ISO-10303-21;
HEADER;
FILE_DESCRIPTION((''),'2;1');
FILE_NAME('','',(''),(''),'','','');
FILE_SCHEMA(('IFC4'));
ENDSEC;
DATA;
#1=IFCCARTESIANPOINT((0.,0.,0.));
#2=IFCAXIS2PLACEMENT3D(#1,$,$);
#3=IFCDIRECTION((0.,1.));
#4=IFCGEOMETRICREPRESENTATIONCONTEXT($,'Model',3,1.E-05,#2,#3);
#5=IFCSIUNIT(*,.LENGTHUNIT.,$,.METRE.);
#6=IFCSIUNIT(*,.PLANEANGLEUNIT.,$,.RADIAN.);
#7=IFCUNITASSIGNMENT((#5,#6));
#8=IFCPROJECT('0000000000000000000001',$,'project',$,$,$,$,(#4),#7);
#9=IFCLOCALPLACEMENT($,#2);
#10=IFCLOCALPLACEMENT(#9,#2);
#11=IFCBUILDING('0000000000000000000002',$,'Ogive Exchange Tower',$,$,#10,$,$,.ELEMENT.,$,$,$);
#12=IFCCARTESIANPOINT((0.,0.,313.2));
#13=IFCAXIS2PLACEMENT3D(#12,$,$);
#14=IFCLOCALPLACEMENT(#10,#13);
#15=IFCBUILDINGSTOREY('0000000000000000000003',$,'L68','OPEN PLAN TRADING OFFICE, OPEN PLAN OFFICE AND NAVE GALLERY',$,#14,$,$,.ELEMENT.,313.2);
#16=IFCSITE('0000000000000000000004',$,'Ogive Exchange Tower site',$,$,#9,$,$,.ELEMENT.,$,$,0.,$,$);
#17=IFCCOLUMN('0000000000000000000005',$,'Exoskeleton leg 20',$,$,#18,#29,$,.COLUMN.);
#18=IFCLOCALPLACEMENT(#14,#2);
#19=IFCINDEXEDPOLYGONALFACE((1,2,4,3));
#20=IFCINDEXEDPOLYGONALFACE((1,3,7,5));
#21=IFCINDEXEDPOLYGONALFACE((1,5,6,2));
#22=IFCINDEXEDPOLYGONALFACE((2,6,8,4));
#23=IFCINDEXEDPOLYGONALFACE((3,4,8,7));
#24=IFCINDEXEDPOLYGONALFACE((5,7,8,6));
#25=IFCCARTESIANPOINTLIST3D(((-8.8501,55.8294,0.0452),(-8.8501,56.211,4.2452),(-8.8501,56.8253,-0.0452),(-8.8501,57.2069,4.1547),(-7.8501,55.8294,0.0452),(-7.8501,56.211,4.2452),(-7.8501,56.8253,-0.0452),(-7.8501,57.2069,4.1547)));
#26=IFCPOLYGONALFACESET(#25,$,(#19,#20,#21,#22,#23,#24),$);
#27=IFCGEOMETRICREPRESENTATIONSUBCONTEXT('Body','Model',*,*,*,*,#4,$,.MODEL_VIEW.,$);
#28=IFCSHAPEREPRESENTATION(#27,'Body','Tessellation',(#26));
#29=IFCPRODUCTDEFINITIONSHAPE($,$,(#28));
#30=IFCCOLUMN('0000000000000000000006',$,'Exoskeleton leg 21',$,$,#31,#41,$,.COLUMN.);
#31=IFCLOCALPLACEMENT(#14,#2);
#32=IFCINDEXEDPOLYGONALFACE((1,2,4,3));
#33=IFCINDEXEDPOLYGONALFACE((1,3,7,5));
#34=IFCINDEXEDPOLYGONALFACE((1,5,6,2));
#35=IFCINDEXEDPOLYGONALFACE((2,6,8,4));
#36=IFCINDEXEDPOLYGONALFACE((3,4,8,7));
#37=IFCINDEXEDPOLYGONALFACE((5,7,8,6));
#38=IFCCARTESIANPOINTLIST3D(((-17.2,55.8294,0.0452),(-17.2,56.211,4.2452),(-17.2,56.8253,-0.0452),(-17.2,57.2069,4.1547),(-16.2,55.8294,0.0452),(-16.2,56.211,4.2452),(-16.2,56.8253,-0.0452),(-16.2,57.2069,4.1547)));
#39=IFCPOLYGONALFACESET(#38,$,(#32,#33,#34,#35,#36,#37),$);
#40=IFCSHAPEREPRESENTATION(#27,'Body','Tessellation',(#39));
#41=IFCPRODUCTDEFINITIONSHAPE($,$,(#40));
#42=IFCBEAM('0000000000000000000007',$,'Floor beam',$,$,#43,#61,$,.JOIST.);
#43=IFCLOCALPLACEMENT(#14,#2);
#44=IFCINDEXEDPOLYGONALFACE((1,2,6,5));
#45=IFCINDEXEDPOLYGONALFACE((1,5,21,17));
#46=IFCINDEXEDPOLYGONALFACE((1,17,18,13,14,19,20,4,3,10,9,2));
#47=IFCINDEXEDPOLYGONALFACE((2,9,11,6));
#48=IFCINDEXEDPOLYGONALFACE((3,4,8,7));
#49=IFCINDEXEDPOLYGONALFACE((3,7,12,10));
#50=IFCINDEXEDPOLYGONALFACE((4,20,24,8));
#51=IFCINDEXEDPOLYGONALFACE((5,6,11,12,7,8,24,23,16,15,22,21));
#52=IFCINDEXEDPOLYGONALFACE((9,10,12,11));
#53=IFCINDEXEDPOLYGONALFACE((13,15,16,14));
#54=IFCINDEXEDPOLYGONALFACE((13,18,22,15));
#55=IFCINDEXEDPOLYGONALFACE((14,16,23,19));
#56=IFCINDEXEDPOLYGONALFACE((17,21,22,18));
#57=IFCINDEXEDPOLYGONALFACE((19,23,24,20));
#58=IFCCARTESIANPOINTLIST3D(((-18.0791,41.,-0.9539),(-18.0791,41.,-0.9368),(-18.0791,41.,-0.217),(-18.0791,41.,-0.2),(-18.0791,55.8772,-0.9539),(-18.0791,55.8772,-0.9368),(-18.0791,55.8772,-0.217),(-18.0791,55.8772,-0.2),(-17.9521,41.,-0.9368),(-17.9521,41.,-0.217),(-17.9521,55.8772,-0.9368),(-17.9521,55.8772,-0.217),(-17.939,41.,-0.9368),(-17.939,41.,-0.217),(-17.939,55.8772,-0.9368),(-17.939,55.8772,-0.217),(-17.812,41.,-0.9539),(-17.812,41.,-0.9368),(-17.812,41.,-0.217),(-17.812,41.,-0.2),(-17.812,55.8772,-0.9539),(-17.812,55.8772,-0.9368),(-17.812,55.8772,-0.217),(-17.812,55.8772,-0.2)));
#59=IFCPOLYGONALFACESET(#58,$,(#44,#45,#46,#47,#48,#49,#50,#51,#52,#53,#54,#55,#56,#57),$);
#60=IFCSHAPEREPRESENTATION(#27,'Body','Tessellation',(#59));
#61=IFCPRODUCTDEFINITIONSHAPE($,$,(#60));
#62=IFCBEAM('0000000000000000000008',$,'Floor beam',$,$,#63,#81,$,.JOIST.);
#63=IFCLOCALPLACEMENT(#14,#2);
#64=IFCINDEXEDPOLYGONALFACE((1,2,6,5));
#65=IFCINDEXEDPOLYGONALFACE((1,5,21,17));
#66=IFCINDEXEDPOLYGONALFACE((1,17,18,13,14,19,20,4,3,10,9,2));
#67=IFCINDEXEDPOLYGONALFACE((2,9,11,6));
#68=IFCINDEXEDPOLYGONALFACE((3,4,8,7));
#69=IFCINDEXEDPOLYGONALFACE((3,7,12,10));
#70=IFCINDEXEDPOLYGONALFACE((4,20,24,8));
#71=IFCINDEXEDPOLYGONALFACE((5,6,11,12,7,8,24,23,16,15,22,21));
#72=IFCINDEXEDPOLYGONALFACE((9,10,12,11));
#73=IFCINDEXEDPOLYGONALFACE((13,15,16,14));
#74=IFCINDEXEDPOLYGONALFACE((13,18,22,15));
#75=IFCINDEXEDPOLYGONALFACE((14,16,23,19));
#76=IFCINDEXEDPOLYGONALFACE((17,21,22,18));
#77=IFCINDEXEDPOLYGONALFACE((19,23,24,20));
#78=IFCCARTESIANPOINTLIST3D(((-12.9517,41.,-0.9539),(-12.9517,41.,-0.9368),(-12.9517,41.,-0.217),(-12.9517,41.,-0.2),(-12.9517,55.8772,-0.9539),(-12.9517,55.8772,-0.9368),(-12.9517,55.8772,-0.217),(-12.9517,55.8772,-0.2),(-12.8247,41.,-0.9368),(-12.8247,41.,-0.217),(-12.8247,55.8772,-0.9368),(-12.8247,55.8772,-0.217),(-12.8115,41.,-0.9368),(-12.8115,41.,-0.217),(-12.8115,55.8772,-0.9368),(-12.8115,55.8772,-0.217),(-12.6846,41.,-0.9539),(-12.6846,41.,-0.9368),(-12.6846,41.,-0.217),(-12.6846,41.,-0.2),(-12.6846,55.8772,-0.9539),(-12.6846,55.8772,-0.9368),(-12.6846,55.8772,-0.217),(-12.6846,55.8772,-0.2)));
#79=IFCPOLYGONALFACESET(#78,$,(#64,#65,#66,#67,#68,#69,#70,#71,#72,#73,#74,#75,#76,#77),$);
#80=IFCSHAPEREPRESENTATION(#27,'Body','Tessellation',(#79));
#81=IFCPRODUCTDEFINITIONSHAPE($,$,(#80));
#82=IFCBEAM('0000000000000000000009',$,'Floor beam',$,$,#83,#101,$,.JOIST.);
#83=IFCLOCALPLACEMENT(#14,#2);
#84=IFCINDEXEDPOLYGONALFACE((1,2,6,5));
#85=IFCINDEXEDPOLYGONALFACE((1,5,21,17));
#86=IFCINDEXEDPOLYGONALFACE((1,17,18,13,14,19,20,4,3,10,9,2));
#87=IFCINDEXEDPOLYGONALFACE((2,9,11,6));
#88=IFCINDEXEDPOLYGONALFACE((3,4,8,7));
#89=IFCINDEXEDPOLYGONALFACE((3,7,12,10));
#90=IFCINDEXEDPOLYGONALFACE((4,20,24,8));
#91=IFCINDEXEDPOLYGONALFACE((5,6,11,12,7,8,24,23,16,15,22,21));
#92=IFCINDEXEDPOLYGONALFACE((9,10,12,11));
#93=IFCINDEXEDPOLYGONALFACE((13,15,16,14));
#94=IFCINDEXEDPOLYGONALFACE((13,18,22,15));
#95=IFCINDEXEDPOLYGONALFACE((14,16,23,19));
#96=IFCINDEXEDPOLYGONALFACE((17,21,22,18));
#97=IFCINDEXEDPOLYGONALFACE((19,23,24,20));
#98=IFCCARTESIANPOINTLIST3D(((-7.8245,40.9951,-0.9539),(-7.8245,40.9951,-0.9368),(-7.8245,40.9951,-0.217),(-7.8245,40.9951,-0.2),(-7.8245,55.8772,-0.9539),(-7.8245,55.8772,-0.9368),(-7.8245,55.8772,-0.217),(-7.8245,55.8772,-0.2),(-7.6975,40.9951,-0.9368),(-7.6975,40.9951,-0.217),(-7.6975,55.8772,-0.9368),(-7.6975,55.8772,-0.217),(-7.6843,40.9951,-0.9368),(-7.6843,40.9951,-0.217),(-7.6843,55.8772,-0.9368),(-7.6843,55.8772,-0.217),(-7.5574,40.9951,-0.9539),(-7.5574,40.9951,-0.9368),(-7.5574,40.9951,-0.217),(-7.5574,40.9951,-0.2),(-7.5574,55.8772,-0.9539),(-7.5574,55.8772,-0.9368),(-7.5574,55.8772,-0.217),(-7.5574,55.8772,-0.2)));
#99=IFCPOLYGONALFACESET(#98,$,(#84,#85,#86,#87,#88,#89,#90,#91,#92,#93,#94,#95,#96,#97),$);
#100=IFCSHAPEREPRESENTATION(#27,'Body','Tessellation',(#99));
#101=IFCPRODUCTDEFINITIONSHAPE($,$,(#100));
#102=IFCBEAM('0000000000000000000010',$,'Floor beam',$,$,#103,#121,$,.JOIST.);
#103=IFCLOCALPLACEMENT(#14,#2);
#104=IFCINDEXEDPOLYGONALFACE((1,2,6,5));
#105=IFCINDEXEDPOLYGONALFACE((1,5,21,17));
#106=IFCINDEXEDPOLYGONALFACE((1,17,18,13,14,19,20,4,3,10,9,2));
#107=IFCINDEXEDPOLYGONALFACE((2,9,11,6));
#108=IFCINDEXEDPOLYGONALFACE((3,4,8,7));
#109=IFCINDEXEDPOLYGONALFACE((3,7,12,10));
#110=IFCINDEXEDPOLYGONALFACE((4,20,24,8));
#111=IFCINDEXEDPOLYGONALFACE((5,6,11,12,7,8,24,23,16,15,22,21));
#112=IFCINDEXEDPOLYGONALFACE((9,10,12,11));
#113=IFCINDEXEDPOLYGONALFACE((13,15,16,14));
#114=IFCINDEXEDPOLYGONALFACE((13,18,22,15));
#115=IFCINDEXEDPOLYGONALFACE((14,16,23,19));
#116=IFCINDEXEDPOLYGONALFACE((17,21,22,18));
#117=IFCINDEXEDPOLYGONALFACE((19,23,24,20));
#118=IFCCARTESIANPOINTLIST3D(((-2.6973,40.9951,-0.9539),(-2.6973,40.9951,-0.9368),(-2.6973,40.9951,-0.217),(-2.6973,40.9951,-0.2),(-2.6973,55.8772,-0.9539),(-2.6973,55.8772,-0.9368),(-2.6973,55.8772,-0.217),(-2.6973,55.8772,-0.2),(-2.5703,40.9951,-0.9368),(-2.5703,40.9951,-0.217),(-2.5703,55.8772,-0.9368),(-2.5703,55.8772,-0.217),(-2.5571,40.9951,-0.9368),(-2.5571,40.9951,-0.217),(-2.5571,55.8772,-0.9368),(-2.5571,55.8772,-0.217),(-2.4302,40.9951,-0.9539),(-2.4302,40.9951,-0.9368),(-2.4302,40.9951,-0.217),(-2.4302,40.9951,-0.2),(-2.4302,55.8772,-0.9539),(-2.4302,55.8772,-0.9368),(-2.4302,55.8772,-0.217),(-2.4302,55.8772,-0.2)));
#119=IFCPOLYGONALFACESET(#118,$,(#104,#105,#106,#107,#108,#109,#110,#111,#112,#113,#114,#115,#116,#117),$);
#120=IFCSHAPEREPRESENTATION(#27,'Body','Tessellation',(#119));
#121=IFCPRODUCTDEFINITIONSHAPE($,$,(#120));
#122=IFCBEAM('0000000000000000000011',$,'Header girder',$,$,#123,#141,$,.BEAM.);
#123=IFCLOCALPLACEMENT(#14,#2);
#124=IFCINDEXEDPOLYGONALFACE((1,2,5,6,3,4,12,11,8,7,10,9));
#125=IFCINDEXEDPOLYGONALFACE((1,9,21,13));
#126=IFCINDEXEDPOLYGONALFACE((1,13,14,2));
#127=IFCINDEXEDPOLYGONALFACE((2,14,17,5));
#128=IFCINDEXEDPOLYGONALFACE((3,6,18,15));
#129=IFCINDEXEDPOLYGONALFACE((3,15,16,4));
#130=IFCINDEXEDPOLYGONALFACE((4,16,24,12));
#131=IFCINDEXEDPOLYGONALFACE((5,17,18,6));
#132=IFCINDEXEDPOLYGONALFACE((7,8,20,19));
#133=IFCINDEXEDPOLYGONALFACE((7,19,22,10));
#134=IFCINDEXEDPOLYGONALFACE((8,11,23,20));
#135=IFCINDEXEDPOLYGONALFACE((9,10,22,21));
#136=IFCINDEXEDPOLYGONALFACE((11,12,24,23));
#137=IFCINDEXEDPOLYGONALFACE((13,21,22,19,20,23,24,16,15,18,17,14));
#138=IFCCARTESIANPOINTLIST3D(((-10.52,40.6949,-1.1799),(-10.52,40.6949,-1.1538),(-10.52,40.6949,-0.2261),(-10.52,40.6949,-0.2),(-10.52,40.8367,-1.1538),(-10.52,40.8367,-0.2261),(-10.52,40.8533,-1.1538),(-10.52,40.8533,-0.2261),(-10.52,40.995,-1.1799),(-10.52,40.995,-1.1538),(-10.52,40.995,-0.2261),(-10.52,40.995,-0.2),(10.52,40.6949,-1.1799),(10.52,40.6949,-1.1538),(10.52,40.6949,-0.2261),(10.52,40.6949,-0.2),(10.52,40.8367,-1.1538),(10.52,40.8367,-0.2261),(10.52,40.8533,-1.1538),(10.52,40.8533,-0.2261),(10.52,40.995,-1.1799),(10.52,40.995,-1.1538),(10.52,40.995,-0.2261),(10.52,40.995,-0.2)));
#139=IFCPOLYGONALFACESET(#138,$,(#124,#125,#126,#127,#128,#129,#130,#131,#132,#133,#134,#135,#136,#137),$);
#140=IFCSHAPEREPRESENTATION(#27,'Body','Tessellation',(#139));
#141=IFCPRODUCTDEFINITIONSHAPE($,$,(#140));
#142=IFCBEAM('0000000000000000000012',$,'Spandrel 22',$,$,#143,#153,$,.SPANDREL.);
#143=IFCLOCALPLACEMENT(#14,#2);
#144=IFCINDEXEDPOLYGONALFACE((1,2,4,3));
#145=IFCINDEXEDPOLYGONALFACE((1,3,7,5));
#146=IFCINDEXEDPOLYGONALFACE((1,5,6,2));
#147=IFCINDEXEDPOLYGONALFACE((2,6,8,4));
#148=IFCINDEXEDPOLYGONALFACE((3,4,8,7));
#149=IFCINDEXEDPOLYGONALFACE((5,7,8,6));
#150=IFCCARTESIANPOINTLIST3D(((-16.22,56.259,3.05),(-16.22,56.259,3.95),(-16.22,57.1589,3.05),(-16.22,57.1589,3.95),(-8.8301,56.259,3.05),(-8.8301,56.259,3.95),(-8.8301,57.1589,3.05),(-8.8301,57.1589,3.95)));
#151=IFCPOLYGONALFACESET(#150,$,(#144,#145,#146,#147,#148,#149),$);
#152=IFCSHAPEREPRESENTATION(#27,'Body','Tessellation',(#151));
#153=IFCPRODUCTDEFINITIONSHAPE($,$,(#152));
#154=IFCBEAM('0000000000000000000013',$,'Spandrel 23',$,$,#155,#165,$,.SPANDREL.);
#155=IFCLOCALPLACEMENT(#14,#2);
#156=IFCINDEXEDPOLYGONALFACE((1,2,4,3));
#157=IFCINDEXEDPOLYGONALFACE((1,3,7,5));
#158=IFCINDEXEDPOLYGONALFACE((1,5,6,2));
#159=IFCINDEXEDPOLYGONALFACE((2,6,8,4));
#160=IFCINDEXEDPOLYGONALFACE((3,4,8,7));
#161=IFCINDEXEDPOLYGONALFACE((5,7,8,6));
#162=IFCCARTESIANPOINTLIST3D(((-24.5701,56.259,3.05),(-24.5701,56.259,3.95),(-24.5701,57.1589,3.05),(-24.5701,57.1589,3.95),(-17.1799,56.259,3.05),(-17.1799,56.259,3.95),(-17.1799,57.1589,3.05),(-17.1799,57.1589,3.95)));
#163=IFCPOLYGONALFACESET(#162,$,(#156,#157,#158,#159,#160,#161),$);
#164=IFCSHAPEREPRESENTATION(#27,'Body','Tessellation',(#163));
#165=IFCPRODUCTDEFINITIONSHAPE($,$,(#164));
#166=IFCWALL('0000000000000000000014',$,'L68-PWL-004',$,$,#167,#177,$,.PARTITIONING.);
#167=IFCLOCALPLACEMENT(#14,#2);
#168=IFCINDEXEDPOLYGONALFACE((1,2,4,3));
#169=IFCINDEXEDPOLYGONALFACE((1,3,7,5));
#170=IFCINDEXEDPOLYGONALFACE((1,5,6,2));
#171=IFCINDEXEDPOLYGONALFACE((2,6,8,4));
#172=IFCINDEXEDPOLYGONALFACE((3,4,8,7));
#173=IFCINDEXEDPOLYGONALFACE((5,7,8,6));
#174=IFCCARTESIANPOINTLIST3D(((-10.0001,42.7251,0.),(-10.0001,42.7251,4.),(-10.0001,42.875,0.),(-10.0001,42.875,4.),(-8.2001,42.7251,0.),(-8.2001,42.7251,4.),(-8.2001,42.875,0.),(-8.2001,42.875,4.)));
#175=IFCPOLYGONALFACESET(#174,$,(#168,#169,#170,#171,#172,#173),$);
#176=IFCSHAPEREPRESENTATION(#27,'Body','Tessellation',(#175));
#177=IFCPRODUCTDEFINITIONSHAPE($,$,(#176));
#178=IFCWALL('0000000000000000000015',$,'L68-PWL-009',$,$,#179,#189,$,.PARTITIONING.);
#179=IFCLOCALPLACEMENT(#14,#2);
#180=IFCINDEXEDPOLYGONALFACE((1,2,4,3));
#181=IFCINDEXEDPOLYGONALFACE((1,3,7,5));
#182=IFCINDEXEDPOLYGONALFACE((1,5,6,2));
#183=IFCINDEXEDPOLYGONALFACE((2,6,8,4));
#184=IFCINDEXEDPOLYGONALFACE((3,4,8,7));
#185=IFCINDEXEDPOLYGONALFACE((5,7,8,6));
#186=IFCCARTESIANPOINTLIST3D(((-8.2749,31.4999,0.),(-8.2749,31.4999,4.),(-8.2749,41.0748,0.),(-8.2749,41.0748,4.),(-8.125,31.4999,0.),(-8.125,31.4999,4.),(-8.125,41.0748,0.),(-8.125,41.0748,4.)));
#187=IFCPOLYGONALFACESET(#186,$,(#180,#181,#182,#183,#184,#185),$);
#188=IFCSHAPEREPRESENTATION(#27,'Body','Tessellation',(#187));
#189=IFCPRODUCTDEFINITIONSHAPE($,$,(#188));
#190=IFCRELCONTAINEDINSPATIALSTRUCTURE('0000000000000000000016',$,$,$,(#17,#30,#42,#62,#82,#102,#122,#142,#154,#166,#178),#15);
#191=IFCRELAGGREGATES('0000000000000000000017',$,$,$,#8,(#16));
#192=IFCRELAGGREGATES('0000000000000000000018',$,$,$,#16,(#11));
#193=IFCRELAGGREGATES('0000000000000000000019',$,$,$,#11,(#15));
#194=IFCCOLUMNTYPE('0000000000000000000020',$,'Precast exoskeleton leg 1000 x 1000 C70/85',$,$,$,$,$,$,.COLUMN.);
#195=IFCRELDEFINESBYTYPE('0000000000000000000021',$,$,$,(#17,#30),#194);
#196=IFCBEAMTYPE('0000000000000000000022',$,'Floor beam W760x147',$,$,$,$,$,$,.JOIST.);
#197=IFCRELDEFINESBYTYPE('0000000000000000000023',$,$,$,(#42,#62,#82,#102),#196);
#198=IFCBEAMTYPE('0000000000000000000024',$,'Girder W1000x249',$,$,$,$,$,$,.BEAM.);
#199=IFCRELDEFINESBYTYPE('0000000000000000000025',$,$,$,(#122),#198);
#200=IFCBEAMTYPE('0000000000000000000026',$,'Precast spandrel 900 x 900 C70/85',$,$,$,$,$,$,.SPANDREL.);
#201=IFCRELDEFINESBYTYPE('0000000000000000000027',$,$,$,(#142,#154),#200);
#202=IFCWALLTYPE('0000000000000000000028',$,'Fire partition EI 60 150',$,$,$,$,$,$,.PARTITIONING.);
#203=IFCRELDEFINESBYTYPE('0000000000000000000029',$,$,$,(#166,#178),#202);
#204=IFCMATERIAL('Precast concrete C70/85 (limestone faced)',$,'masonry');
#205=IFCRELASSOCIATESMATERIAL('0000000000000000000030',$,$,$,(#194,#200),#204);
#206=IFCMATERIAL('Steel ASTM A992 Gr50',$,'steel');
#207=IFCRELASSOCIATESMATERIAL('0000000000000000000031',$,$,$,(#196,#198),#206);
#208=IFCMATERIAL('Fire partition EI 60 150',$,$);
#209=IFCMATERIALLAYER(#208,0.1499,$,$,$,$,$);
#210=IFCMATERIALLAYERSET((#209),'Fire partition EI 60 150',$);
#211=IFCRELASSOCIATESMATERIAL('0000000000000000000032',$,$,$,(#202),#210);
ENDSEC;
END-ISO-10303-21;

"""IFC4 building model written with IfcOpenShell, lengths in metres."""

from ifc_helpers import new_model, si_unit, direction, frame, frame_2d, origin, origin_2d, place, context, subcontext, project, spatial, rectangle, i_section, extrude, material, layer, layer_set, material_profile, profile_set, type_object, element, save


model = new_model("IFC4")

# Units and contexts
model_context = context("Model", 3, precision=1e-05, world=origin(), true_north=direction((0.0, 1.0)))
body_context = subcontext(model_context, "Body", "Model", "MODEL_VIEW")
ifc_project = project(units=[si_unit("LENGTHUNIT", "METRE"), si_unit("PLANEANGLEUNIT", "RADIAN")], contexts=[model_context])

# Site, building, storey
site_placement = place(None, origin())
site = spatial("IfcSite", under=ifc_project, at=site_placement, Name="Ogive Exchange Tower site", CompositionType="ELEMENT", RefElevation=0.0)
building_placement = place(site_placement, origin())
building = spatial("IfcBuilding", under=site, at=building_placement, Name="Ogive Exchange Tower", CompositionType="ELEMENT")
storey_placement = place(building_placement, frame((0.0, 0.0, 313.2)))
storey = spatial("IfcBuildingStorey", under=building, at=storey_placement, Name="L68", Description="OPEN PLAN TRADING OFFICE, OPEN PLAN OFFICE AND NAVE GALLERY", CompositionType="ELEMENT", Elevation=313.2)

# Columns
ifc_material_1 = material(Name="Precast concrete C70/85 (limestone faced)", Category="masonry")
ifc_material_profile_1 = material_profile(ifc_material_1, rectangle(XDim=1.0, YDim=1.0, at=origin_2d()), Name="1000 x 1000")
ifc_profile_set_1 = profile_set([ifc_material_profile_1], Name="Precast concrete C70/85 (limestone faced)")
column_type = type_object("IfcColumnType", Name="Precast exoskeleton leg 1000 x 1000 C70/85", PredefinedType="COLUMN", material=ifc_profile_set_1)
for number, where, z_axis, x_axis, name in (
    (1, (-8.3501, 56.3274, 0.0), (0.0, 0.090484, 0.995898), (-1.0, 0.0, 0.0), "Exoskeleton leg 20"),
    (2, (-16.7, 56.3274, 0.0), (0.0, 0.090484, 0.995898), (-1.0, 0.0, 0.0), "Exoskeleton leg 21"),
):
    element("IfcColumn", number, at=place(storey_placement, frame(where, z_axis=z_axis, x_axis=x_axis)), inside=storey, type_object=column_type, Name=name, PredefinedType="COLUMN", context=body_context, shape_type="SweptSolid", body=[
        extrude(rectangle(XDim=1.0, YDim=1.0, at=origin_2d()), origin(), (0.0, 0.0, 1.0), 4.2173),
    ])

# Beams
ifc_material_2 = material(Name="Steel ASTM A992 Gr50", Category="steel")
ifc_material_profile_2 = material_profile(ifc_material_2, i_section(OverallWidth=0.2671, OverallDepth=0.7539, WebThickness=0.0132, FlangeThickness=0.0171, at=origin_2d()), Name="W760x147")
ifc_profile_set_2 = profile_set([ifc_material_profile_2], Name="Steel ASTM A992 Gr50")
beam_type_1 = type_object("IfcBeamType", Name="Floor beam W760x147", PredefinedType="JOIST", material=ifc_profile_set_2)
for number, where, z_axis, x_axis, name in (
    (3, (-17.9456, 41.0, -0.5769), (0.0, 1.0, 0.0), (-1.0, 0.0, 0.0), "Floor beam"),
    (4, (-12.8181, 41.0, -0.5769), (0.0, 1.0, 0.0), (-1.0, 0.0, 0.0), "Floor beam"),
):
    element("IfcBeam", number, at=place(storey_placement, frame(where, z_axis=z_axis, x_axis=x_axis)), inside=storey, type_object=beam_type_1, Name=name, PredefinedType="JOIST", context=body_context, shape_type="SweptSolid", body=[
        extrude(i_section(OverallWidth=0.2671, OverallDepth=0.7539, WebThickness=0.0132, FlangeThickness=0.0171, at=origin_2d()), origin(), (0.0, 0.0, 1.0), 14.8772),
    ])
for number, where, z_axis, x_axis, name in (
    (5, (-7.6909, 40.9951, -0.5769), (0.0, 1.0, 0.0), (-1.0, 0.0, 0.0), "Floor beam"),
    (6, (-2.5637, 40.9951, -0.5769), (0.0, 1.0, 0.0), (-1.0, 0.0, 0.0), "Floor beam"),
):
    element("IfcBeam", number, at=place(storey_placement, frame(where, z_axis=z_axis, x_axis=x_axis)), inside=storey, type_object=beam_type_1, Name=name, PredefinedType="JOIST", context=body_context, shape_type="SweptSolid", body=[
        extrude(i_section(OverallWidth=0.2671, OverallDepth=0.7539, WebThickness=0.0132, FlangeThickness=0.0171, at=origin_2d()), origin(), (0.0, 0.0, 1.0), 14.8821),
    ])
ifc_material_profile_3 = material_profile(ifc_material_2, i_section(OverallWidth=0.3, OverallDepth=0.98, WebThickness=0.0166, FlangeThickness=0.0261, at=origin_2d()), Name="W1000x249")
ifc_profile_set_3 = profile_set([ifc_material_profile_3], Name="Steel ASTM A992 Gr50")
beam_type_2 = type_object("IfcBeamType", Name="Girder W1000x249", PredefinedType="BEAM", material=ifc_profile_set_3)
beam_1_placement = place(storey_placement, frame((-10.52, 40.845, -0.6899), z_axis=(1.0, 0.0, 0.0), x_axis=(0.0, 1.0, 0.0)))
element("IfcBeam", 7, at=beam_1_placement, inside=storey, type_object=beam_type_2, Name="Header girder", PredefinedType="BEAM", context=body_context, shape_type="SweptSolid", body=[
    extrude(i_section(OverallWidth=0.3, OverallDepth=0.98, WebThickness=0.0166, FlangeThickness=0.0261, at=origin_2d()), origin(), (0.0, 0.0, 1.0), 21.04),
])
ifc_material_profile_4 = material_profile(ifc_material_1, rectangle(XDim=0.8999, YDim=0.8999, at=origin_2d()), Name="900 x 900")
ifc_profile_set_4 = profile_set([ifc_material_profile_4], Name="Precast concrete C70/85 (limestone faced)")
beam_type_3 = type_object("IfcBeamType", Name="Precast spandrel 900 x 900 C70/85", PredefinedType="SPANDREL", material=ifc_profile_set_4)
beam_2_placement = place(storey_placement, frame((-8.8301, 56.709, 3.5), z_axis=(-1.0, 0.0, 0.0), x_axis=(0.0, -1.0, 0.0)))
element("IfcBeam", 8, at=beam_2_placement, inside=storey, type_object=beam_type_3, Name="Spandrel 22", PredefinedType="SPANDREL", context=body_context, shape_type="SweptSolid", body=[
    extrude(rectangle(XDim=0.8999, YDim=0.8999, at=origin_2d()), origin(), (0.0, 0.0, 1.0), 7.3899),
])
beam_3_placement = place(storey_placement, frame((-17.1799, 56.709, 3.5), z_axis=(-1.0, 0.0, 0.0), x_axis=(0.0, -1.0, 0.0)))
element("IfcBeam", 9, at=beam_3_placement, inside=storey, type_object=beam_type_3, Name="Spandrel 23", PredefinedType="SPANDREL", context=body_context, shape_type="SweptSolid", body=[
    extrude(rectangle(XDim=0.8999, YDim=0.8999, at=origin_2d()), origin(), (0.0, 0.0, 1.0), 7.3901),
])

# Walls
ifc_material_3 = material(Name="Fire partition EI 60 150")
ifc_layer_1 = layer(ifc_material_3, 0.1499)
ifc_layer_set_1 = layer_set([ifc_layer_1], Name="Fire partition EI 60 150")
wall_type_1 = type_object("IfcWallType", Name="Fire partition EI 60 150", PredefinedType="PARTITIONING", material=ifc_layer_set_1)
wall_1_placement = place(storey_placement, frame((-10.0, 42.8, 0.0), z_axis=(0.0, 0.0, 1.0), x_axis=(1.0, 0.0, 0.0)))
element("IfcWall", 10, at=wall_1_placement, inside=storey, type_object=wall_type_1, Name="L68-PWL-004", PredefinedType="PARTITIONING", context=body_context, shape_type="SweptSolid", body=[
    extrude(rectangle(XDim=1.8, YDim=0.1499, at=frame_2d((0.8999, 0.0))), origin(), (0.0, 0.0, 1.0), 4.0),
])
wall_2_placement = place(storey_placement, frame((-8.2, 41.075, 0.0), z_axis=(0.0, 0.0, 1.0), x_axis=(0.0, -1.0, 0.0)))
element("IfcWall", 11, at=wall_2_placement, inside=storey, type_object=wall_type_1, Name="L68-PWL-009", PredefinedType="PARTITIONING", context=body_context, shape_type="SweptSolid", body=[
    extrude(rectangle(XDim=9.575, YDim=0.1499, at=frame_2d((4.7876, 0.0))), origin(), (0.0, 0.0, 1.0), 4.0),
])

save(model, "model.ifc")
